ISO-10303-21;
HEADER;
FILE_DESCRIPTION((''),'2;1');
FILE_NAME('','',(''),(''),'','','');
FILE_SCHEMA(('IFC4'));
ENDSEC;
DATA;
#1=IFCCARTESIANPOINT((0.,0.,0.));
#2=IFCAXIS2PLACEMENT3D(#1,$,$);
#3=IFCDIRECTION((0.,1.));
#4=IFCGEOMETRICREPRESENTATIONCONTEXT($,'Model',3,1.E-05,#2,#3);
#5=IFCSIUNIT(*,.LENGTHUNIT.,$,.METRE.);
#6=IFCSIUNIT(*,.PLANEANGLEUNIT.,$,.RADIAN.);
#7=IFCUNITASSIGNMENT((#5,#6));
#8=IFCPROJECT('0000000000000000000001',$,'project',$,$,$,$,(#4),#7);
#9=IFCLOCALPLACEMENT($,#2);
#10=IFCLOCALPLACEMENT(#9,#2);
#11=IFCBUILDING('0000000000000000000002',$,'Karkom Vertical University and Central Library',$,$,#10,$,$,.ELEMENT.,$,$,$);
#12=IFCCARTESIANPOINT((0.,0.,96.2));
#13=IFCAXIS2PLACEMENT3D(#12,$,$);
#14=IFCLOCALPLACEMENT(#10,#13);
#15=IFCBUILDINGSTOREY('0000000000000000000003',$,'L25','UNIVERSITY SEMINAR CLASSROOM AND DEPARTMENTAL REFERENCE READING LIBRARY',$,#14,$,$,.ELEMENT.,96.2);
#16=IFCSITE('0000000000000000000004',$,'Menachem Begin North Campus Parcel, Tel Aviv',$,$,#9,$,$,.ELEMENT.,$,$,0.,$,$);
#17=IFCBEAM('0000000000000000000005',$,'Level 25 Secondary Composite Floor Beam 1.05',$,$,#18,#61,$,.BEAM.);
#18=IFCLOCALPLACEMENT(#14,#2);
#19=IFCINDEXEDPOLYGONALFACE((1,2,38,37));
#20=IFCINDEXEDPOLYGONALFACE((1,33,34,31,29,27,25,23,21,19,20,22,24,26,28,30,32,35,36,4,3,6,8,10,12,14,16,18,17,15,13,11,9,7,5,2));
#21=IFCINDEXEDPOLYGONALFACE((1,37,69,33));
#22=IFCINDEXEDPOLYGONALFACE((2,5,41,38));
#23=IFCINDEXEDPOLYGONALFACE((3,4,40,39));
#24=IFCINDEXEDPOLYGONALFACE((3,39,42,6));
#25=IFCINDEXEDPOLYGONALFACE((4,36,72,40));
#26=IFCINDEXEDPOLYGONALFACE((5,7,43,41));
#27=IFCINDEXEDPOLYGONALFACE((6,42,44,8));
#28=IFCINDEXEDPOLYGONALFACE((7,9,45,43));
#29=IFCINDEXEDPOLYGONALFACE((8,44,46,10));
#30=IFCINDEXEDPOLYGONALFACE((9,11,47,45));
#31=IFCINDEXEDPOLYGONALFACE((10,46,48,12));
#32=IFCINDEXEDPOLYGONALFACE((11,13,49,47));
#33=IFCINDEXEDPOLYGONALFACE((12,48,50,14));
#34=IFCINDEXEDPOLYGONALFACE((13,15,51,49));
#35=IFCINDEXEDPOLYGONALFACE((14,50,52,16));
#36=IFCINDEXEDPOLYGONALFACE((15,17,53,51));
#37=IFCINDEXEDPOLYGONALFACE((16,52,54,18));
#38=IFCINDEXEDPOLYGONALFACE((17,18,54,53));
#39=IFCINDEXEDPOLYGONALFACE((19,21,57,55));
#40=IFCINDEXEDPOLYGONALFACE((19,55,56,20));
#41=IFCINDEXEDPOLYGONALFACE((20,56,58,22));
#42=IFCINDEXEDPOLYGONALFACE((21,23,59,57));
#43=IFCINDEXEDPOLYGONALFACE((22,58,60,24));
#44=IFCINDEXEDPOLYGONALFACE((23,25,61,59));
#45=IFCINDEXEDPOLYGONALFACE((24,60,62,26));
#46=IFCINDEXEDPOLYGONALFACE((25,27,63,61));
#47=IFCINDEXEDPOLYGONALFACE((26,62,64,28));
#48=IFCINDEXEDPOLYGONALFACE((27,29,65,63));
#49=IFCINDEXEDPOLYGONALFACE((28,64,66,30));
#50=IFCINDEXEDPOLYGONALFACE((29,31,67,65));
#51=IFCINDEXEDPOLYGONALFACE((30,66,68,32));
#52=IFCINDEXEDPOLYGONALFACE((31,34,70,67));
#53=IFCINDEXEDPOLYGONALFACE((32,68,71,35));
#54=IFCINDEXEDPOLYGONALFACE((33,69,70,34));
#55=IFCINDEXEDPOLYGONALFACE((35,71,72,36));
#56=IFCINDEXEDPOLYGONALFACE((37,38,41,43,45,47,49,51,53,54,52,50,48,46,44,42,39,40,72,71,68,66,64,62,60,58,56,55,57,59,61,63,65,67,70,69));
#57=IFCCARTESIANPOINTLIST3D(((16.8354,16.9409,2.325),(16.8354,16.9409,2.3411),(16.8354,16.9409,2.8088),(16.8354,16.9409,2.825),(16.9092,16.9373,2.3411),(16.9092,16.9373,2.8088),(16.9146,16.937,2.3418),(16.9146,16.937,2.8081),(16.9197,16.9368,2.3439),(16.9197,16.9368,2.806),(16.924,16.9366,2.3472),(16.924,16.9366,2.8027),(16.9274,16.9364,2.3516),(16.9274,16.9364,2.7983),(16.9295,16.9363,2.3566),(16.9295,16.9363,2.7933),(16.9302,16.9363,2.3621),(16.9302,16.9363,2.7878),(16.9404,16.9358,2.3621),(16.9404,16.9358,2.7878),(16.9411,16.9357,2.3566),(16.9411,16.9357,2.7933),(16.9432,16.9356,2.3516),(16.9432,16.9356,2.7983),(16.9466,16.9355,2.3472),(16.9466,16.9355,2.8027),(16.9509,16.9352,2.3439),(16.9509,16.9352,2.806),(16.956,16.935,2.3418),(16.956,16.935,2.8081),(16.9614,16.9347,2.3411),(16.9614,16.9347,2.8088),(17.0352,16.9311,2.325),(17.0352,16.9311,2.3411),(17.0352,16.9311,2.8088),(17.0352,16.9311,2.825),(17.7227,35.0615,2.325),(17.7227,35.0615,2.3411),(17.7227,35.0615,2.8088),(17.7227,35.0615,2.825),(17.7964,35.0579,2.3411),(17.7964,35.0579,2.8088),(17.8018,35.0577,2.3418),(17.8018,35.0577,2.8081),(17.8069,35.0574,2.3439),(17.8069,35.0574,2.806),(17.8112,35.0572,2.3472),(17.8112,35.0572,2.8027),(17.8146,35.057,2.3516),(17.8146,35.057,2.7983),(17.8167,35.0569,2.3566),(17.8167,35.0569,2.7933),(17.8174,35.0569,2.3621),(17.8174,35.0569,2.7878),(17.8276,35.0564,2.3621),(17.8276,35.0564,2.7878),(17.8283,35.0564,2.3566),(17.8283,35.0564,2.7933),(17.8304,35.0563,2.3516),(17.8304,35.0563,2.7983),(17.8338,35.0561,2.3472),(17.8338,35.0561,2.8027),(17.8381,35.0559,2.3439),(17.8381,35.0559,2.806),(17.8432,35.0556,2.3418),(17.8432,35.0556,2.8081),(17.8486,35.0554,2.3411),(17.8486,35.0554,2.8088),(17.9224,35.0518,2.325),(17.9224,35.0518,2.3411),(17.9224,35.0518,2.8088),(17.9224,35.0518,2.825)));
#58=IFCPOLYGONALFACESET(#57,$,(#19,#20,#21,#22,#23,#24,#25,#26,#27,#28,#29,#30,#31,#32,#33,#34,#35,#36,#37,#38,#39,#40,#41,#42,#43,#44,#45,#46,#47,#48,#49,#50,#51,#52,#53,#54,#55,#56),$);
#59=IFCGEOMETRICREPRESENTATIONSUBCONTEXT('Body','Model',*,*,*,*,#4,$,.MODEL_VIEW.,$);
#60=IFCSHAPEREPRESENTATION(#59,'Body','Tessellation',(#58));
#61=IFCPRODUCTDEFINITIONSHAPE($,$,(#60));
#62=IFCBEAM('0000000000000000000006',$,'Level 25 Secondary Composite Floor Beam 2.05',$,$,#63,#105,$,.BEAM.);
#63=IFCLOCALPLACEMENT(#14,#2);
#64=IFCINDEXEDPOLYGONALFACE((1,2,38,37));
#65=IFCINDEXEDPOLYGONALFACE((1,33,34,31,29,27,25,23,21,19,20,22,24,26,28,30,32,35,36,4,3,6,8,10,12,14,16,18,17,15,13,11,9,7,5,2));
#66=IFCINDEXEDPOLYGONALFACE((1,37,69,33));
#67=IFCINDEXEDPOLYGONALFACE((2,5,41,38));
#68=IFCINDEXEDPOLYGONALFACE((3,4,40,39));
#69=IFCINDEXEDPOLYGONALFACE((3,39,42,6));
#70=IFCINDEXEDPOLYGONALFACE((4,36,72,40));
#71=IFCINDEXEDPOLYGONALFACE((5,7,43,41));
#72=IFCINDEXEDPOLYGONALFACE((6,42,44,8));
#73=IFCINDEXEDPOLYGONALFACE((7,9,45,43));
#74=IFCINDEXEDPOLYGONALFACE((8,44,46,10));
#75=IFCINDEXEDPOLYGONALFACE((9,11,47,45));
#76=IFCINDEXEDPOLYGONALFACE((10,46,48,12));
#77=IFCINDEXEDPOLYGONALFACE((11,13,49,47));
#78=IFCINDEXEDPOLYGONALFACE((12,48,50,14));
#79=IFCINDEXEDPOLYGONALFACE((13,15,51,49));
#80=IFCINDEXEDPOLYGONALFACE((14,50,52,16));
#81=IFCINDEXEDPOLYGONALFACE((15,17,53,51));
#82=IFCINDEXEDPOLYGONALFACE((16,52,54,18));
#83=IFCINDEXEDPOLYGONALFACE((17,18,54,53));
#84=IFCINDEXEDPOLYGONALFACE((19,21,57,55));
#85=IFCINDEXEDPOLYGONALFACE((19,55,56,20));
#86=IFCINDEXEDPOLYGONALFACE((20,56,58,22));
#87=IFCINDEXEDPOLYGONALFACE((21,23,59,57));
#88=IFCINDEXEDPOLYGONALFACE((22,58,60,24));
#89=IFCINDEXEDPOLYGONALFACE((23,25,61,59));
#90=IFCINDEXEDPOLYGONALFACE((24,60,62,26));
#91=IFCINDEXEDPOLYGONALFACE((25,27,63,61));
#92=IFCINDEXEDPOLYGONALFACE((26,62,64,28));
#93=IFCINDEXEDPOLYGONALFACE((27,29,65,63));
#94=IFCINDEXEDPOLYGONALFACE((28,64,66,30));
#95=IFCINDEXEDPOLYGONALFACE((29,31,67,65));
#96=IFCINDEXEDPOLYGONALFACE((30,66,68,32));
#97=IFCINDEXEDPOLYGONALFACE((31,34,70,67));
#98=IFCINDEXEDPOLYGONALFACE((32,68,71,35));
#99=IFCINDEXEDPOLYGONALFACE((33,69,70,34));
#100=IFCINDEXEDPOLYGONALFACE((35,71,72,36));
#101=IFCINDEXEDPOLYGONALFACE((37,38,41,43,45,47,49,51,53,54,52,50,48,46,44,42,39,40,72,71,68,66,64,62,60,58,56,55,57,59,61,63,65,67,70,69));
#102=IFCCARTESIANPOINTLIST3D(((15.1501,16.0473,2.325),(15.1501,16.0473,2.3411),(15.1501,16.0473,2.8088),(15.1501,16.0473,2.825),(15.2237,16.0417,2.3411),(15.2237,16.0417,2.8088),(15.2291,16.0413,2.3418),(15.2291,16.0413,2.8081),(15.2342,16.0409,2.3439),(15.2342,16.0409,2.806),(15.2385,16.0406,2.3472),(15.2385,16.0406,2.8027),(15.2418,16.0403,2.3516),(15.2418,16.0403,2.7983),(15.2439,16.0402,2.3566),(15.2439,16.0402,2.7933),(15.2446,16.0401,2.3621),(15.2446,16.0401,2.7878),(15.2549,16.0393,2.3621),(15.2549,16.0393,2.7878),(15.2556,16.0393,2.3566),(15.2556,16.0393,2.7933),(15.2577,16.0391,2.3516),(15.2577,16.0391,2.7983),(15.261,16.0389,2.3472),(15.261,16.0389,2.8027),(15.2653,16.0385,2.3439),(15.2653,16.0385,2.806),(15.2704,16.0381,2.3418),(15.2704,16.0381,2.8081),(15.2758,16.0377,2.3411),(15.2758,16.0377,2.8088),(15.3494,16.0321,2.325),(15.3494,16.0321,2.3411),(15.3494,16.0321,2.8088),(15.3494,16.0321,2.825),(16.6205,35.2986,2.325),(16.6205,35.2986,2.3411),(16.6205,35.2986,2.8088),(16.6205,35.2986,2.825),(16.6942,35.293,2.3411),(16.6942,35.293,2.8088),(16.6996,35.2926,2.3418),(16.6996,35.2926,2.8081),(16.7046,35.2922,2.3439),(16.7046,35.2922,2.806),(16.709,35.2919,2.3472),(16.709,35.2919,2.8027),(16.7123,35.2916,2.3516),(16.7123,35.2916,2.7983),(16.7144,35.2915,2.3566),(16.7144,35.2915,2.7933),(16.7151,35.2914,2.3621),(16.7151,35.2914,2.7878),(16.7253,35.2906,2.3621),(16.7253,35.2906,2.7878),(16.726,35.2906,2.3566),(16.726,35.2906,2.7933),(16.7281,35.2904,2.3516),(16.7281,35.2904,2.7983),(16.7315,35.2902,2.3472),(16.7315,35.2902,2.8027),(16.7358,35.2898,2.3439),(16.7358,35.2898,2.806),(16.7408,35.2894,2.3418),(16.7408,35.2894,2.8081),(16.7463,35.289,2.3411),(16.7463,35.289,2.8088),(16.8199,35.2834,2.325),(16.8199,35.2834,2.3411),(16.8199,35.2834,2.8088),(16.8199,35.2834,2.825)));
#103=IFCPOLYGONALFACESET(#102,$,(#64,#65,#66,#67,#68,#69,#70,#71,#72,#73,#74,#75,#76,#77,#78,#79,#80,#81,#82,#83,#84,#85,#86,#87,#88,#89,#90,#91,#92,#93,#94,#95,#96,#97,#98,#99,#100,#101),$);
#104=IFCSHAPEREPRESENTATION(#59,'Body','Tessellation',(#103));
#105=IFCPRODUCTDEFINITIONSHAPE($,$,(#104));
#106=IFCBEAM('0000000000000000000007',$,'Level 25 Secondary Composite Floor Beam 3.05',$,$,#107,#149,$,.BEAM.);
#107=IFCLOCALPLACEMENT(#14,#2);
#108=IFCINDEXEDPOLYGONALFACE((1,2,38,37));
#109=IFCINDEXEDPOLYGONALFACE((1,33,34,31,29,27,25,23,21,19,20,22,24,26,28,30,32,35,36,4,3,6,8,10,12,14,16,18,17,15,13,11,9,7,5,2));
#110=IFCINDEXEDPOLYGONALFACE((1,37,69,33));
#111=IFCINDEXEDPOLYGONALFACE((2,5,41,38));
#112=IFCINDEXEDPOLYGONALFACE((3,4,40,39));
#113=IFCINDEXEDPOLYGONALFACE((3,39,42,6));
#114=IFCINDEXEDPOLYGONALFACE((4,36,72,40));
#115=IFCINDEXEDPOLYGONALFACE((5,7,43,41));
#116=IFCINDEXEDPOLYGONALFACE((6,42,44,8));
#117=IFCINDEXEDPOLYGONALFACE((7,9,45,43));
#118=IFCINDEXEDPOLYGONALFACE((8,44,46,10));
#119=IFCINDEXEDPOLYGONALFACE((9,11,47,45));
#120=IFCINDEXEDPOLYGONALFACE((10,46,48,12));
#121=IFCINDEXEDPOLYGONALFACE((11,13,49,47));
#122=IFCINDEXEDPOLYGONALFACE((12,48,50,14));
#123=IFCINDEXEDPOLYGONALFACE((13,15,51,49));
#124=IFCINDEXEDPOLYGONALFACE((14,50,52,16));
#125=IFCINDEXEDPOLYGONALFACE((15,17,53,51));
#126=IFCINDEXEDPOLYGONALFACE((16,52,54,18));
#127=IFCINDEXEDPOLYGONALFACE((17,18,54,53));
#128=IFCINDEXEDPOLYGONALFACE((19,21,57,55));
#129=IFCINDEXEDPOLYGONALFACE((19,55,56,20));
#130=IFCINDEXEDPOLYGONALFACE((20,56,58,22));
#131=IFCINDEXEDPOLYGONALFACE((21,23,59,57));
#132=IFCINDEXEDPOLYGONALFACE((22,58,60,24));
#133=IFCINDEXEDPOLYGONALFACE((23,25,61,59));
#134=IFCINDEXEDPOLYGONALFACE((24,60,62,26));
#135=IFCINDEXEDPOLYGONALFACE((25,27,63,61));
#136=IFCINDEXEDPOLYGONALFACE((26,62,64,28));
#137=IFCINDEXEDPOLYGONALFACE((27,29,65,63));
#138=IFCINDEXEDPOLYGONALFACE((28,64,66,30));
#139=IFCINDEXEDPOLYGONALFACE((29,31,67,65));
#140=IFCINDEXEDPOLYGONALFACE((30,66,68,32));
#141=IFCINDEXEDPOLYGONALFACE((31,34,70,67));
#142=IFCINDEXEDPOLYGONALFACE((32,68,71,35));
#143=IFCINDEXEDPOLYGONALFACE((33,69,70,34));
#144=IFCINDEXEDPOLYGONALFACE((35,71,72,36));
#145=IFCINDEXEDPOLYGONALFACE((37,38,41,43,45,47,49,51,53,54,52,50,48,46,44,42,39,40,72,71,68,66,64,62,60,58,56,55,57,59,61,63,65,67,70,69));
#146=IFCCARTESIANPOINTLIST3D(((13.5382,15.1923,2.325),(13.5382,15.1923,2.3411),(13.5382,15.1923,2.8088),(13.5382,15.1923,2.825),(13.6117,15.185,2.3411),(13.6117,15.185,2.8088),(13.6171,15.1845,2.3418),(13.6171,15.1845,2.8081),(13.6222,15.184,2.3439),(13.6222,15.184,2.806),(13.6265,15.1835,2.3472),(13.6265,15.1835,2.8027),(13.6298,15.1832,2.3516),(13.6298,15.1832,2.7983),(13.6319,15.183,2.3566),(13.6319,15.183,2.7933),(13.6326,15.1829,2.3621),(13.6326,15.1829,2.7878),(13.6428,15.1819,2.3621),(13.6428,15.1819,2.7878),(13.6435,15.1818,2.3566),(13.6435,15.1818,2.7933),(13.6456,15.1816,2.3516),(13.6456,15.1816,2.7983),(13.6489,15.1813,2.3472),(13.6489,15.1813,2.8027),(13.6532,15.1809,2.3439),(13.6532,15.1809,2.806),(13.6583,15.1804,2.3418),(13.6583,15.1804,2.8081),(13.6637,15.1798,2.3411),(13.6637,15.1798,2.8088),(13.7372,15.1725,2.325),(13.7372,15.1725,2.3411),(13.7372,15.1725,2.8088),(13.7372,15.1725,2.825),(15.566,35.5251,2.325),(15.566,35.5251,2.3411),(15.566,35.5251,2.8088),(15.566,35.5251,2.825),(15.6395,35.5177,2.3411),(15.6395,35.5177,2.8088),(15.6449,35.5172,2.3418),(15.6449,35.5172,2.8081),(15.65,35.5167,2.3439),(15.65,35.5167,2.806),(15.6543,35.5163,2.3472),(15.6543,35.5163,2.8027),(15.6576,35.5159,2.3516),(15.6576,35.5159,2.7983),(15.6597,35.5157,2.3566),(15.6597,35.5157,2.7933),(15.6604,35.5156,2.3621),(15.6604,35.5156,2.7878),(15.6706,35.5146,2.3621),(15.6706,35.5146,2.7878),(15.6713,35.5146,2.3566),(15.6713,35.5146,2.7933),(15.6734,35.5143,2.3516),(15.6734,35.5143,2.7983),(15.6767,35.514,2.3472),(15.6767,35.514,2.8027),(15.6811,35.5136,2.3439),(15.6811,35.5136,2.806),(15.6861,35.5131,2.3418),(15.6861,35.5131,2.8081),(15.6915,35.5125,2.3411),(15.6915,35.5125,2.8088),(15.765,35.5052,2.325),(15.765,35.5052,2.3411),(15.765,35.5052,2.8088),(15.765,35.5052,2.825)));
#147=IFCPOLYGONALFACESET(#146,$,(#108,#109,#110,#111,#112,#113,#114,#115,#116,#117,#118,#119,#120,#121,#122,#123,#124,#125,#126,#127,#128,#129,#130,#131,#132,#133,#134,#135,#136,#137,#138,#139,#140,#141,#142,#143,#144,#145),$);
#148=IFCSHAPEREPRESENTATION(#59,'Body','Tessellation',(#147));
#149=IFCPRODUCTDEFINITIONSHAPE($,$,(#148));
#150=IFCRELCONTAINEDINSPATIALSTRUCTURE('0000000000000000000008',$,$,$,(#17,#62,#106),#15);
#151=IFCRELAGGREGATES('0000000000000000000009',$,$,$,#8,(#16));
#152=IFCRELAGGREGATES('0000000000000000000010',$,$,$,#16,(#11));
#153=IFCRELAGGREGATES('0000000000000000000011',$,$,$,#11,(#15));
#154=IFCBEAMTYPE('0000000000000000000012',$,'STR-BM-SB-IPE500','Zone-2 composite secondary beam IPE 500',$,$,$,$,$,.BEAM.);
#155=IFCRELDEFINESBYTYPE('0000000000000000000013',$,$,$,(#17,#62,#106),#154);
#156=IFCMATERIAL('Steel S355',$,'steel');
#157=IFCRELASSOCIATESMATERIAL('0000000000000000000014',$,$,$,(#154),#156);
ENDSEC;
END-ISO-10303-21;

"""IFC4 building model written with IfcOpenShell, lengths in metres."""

from ifc_helpers import new_model, si_unit, direction, frame, origin, origin_with_axes, origin_2d, place, context, subcontext, project, spatial, i_section, extrude, source, transform, mapped, material, material_profile, profile_set, type_object, element, save


model = new_model("IFC4")

# Units and contexts
model_context = context("Model", 3, precision=1e-05, world=origin(), true_north=direction((0.0, 1.0)))
body_context = subcontext(model_context, "Body", "Model", "MODEL_VIEW")
ifc_project = project(units=[si_unit("LENGTHUNIT", "METRE"), si_unit("PLANEANGLEUNIT", "RADIAN")], contexts=[model_context])

# Site, building, storey
site_placement = place(None, origin())
site = spatial("IfcSite", under=ifc_project, at=site_placement, Name="Menachem Begin North Campus Parcel, Tel Aviv", CompositionType="ELEMENT", RefElevation=0.0)
building_placement = place(site_placement, origin())
building = spatial("IfcBuilding", under=site, at=building_placement, Name="Karkom Vertical University and Central Library", CompositionType="ELEMENT")
storey_placement = place(building_placement, frame((0.0, 0.0, 96.2)))
storey = spatial("IfcBuildingStorey", under=building, at=storey_placement, Name="L25", Description="UNIVERSITY SEMINAR CLASSROOM AND DEPARTMENTAL REFERENCE READING LIBRARY", CompositionType="ELEMENT", Elevation=96.2)

# Beams
ifc_material_1 = material(Name="Steel S355", Category="steel")
ifc_material_profile_1 = material_profile(ifc_material_1, i_section(OverallWidth=0.2, OverallDepth=0.5, WebThickness=0.0103, FlangeThickness=0.0161, FilletRadius=0.021, at=origin_2d()), Name="IPE 500")
ifc_profile_set_1 = profile_set([ifc_material_profile_1], Name="Steel S355")
beam_type_1 = type_object("IfcBeamType", Name="STR-BM-SB-IPE500", Description="Zone-2 composite secondary beam IPE 500", PredefinedType="BEAM", material=ifc_profile_set_1)
shared_shape_1 = source(origin_with_axes(), body_context, "Body", "SweptSolid", [
    extrude(i_section(OverallWidth=0.2, OverallDepth=0.5, WebThickness=0.0103, FlangeThickness=0.0161, FilletRadius=0.021, at=origin_2d()), origin(), (0.0, 0.0, 1.0), 18.1423),
])
beam_1_placement = place(storey_placement, frame((17.8225, 35.0566, 2.575), z_axis=(-0.048903, -0.998804, 0.0), x_axis=(0.998804, -0.048903, 0.0)))
element("IfcBeam", 1, at=beam_1_placement, inside=storey, type_object=beam_type_1, Name="Level 25 Secondary Composite Floor Beam 1.05", PredefinedType="BEAM", context=body_context, shape_type="MappedRepresentation", body=[
    mapped(shared_shape_1, transform((0.0, 0.0, 0.0), scale=1.0)),
])
shared_shape_2 = source(origin_with_axes(), body_context, "Body", "SweptSolid", [
    extrude(i_section(OverallWidth=0.2, OverallDepth=0.5, WebThickness=0.0103, FlangeThickness=0.0161, FilletRadius=0.021, at=origin_2d()), origin(), (0.0, 0.0, 1.0), 19.3074),
])
beam_2_placement = place(storey_placement, frame((16.7202, 35.291, 2.575), z_axis=(-0.076161, -0.997096, 0.0), x_axis=(0.997096, -0.076161, 0.0)))
element("IfcBeam", 2, at=beam_2_placement, inside=storey, type_object=beam_type_1, Name="Level 25 Secondary Composite Floor Beam 2.05", PredefinedType="BEAM", context=body_context, shape_type="MappedRepresentation", body=[
    mapped(shared_shape_2, transform((0.0, 0.0, 0.0), scale=1.0)),
])
shared_shape_3 = source(origin_with_axes(), body_context, "Body", "SweptSolid", [
    extrude(i_section(OverallWidth=0.2, OverallDepth=0.5, WebThickness=0.0103, FlangeThickness=0.0161, FilletRadius=0.021, at=origin_2d()), origin(), (0.0, 0.0, 1.0), 20.4336),
])
beam_3_placement = place(storey_placement, frame((15.6655, 35.5151, 2.575), z_axis=(-0.09924, -0.995064, 0.0), x_axis=(0.995064, -0.09924, 0.0)))
element("IfcBeam", 3, at=beam_3_placement, inside=storey, type_object=beam_type_1, Name="Level 25 Secondary Composite Floor Beam 3.05", PredefinedType="BEAM", context=body_context, shape_type="MappedRepresentation", body=[
    mapped(shared_shape_3, transform((0.0, 0.0, 0.0), scale=1.0)),
])

save(model, "model.ifc")
